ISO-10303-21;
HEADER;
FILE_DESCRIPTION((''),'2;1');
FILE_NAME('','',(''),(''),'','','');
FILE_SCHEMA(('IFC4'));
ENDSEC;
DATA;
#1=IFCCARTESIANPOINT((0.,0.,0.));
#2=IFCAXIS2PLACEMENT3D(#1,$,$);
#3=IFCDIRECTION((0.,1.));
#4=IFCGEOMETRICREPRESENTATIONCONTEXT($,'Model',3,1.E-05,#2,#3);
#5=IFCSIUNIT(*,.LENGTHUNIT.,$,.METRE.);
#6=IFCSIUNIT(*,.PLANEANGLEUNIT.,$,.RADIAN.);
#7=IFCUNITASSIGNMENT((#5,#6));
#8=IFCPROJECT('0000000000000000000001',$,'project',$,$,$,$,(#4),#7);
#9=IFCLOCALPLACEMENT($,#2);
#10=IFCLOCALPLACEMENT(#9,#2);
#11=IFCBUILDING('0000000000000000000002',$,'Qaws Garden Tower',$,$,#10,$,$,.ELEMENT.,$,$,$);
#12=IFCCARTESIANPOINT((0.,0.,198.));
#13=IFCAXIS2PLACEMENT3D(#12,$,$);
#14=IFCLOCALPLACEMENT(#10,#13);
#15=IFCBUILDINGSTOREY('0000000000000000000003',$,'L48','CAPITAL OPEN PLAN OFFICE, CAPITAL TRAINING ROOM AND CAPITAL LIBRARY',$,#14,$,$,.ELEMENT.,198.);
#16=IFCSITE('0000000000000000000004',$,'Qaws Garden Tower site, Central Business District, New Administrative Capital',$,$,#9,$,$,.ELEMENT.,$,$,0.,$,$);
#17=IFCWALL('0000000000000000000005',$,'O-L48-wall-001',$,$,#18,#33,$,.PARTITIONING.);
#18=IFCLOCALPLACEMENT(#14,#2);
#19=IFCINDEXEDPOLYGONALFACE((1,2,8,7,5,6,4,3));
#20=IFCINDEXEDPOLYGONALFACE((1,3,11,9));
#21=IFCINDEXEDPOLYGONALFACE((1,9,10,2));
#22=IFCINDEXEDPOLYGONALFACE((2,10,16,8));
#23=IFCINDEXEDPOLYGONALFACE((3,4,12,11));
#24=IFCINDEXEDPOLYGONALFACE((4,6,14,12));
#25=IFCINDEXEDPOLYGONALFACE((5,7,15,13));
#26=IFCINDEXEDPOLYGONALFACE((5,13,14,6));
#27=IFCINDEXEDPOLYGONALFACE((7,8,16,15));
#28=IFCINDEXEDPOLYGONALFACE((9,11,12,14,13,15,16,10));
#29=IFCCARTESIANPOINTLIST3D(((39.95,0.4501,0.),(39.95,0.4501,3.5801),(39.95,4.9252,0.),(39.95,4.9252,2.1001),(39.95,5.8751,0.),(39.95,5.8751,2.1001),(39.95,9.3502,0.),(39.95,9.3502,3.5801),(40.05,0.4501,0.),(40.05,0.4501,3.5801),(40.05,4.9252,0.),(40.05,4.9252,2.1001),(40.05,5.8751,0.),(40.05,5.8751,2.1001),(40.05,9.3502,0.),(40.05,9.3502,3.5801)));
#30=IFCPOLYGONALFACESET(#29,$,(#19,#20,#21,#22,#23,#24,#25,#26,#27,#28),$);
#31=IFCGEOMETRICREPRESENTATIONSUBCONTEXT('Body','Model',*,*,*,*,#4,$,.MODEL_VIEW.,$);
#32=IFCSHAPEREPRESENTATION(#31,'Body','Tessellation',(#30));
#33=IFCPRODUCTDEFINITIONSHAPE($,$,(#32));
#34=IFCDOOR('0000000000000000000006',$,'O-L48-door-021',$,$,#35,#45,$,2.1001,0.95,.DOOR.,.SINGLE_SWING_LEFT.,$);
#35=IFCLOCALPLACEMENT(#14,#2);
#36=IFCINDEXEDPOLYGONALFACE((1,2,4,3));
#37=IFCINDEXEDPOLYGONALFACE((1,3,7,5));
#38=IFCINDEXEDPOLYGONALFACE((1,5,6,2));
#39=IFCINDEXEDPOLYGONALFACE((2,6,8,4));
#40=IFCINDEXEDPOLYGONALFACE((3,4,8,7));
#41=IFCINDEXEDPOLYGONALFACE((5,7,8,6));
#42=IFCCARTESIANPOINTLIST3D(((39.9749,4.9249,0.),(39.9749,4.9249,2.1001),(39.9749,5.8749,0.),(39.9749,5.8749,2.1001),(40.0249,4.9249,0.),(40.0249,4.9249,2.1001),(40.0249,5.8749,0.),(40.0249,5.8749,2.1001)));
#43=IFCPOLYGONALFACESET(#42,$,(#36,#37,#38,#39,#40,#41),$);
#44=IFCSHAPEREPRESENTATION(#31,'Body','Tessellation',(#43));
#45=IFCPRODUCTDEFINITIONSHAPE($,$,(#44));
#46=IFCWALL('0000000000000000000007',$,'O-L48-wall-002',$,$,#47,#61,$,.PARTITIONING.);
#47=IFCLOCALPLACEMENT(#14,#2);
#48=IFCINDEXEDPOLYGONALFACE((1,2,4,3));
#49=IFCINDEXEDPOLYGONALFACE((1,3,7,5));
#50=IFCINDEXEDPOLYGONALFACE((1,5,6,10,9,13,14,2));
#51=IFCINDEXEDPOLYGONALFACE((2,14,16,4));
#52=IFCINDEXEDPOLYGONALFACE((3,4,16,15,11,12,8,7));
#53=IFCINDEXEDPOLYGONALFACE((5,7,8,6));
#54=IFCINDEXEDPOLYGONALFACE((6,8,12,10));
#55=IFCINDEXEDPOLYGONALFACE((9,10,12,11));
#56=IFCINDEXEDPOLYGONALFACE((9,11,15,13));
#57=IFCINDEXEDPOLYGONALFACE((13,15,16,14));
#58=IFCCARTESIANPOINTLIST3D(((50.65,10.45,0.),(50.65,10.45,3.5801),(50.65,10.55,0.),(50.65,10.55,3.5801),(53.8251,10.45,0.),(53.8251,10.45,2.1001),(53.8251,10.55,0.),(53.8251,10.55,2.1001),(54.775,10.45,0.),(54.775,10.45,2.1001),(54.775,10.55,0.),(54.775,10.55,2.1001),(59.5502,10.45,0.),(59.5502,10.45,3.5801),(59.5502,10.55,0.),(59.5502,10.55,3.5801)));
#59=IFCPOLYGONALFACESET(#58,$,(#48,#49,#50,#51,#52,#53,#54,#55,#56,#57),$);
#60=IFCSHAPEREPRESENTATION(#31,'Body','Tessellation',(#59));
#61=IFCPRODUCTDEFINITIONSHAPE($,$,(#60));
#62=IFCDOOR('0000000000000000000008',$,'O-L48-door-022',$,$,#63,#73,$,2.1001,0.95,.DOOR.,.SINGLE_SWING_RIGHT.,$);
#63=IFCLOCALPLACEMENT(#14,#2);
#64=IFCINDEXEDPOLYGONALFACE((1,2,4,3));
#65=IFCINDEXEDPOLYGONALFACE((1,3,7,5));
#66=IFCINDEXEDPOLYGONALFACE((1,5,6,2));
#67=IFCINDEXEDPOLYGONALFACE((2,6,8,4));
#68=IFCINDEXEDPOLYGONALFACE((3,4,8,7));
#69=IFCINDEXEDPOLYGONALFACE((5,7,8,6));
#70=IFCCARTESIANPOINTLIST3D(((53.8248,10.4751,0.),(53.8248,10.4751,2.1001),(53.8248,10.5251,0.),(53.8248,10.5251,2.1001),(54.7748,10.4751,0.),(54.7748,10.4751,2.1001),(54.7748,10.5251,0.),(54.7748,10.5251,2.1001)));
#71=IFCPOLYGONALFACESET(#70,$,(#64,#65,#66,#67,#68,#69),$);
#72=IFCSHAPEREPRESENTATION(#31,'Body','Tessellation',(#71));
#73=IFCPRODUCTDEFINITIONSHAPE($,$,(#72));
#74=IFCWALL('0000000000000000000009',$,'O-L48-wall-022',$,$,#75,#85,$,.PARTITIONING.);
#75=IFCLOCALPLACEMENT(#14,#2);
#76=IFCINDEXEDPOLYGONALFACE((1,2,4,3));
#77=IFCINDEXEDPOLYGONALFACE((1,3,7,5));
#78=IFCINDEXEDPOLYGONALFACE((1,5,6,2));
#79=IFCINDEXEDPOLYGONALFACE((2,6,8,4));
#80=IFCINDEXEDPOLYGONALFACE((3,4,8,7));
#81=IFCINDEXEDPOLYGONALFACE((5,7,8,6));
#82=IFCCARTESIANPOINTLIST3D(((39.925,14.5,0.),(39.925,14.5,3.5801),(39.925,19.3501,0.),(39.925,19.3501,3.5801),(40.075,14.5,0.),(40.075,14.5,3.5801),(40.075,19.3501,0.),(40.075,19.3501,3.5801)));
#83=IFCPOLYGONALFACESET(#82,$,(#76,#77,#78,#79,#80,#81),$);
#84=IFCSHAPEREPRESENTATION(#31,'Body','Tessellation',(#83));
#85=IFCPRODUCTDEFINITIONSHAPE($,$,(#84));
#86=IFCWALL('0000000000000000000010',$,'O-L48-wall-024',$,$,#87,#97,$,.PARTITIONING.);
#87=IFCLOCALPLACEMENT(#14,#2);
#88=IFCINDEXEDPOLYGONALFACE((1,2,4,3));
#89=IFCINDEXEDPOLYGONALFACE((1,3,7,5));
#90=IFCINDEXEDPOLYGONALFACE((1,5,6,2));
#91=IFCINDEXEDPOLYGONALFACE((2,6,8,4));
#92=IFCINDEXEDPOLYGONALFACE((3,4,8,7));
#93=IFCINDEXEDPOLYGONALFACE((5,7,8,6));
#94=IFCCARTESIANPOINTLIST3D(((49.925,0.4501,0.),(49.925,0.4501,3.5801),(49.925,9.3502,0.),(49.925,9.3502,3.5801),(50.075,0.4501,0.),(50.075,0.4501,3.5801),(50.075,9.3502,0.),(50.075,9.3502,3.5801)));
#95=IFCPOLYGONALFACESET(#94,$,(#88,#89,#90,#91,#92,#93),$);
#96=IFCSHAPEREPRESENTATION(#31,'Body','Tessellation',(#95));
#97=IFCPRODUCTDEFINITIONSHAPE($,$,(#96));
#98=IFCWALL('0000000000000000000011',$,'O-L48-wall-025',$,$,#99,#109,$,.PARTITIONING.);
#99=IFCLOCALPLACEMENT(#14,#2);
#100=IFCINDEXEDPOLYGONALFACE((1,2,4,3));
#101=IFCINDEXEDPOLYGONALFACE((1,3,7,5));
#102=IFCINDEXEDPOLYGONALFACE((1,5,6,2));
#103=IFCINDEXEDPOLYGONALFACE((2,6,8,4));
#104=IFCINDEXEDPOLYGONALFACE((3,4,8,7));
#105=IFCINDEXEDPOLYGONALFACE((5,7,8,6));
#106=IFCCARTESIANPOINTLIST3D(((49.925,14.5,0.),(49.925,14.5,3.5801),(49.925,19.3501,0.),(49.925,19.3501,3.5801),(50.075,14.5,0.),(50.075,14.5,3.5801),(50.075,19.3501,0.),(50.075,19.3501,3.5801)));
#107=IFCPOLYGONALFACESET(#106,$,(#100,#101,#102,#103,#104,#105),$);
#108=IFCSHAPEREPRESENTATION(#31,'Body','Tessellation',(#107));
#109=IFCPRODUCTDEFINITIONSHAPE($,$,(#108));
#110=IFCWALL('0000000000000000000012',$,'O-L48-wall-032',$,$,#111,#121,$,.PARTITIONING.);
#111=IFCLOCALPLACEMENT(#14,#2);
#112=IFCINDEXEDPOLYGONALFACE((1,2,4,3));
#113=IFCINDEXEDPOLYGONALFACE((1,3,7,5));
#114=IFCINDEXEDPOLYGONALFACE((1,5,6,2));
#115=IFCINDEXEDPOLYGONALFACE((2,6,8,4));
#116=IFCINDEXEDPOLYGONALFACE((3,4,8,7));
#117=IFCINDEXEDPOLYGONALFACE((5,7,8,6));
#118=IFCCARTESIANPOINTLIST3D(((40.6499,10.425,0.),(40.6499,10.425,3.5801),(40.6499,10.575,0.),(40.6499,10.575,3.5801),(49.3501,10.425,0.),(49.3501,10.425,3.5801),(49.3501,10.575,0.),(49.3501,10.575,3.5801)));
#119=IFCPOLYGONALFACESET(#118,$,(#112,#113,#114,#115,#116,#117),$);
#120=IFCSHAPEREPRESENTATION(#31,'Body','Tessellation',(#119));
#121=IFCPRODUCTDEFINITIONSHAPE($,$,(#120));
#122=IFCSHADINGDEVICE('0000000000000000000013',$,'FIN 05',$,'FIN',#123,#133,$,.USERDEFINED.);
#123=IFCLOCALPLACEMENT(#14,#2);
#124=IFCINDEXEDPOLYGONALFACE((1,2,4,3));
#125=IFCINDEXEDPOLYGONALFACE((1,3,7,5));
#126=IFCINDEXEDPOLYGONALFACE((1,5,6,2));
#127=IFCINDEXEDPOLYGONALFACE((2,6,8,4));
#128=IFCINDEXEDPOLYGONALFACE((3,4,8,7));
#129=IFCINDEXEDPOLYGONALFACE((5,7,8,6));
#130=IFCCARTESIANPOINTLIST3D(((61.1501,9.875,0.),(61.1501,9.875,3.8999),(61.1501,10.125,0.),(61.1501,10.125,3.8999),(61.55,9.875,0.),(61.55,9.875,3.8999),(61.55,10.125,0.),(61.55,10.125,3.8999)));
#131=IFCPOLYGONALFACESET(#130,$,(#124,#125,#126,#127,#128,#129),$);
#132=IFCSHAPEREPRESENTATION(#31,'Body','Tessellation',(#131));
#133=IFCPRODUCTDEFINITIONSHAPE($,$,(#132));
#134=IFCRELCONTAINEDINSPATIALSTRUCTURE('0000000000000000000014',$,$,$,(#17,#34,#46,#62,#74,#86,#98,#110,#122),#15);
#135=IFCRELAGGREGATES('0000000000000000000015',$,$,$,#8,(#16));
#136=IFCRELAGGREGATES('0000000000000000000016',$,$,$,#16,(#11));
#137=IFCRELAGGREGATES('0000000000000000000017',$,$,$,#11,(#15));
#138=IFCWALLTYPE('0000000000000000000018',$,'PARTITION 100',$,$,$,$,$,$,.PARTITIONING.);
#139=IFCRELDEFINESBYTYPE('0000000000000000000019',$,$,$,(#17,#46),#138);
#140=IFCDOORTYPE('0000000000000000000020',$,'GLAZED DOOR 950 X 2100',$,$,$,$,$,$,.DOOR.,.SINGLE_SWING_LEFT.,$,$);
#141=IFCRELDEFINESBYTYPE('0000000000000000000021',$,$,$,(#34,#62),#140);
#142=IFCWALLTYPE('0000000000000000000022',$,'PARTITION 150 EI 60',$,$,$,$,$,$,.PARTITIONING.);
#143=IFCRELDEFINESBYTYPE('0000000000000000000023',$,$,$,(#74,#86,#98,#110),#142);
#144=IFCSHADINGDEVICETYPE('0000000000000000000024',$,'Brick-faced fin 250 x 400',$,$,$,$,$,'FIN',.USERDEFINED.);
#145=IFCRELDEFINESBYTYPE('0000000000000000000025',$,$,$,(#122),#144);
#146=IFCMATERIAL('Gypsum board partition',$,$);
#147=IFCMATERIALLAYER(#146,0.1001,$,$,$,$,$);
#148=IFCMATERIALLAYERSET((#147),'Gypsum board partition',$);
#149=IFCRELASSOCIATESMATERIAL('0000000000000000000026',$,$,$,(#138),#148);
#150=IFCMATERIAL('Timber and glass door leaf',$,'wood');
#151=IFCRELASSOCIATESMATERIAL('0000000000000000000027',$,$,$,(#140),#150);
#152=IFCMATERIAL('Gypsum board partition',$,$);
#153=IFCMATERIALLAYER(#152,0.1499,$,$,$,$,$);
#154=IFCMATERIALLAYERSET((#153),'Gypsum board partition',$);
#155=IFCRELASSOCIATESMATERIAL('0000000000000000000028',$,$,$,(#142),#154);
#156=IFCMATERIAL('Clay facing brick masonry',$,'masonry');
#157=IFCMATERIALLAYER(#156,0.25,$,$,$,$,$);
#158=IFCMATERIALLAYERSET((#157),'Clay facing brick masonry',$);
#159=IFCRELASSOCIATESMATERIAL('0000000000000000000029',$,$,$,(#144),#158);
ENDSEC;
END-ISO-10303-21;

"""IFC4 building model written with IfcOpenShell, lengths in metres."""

from ifc_helpers import new_model, si_unit, direction, frame, frame_2d, origin, origin_2d, place, context, subcontext, project, spatial, rectangle, extrude, material, layer, layer_set, type_object, element, fill, save


model = new_model("IFC4")

# Units and contexts
model_context = context("Model", 3, precision=1e-05, world=origin(), true_north=direction((0.0, 1.0)))
body_context = subcontext(model_context, "Body", "Model", "MODEL_VIEW")
ifc_project = project(units=[si_unit("LENGTHUNIT", "METRE"), si_unit("PLANEANGLEUNIT", "RADIAN")], contexts=[model_context])

# Site, building, storey
site_placement = place(None, origin())
site = spatial("IfcSite", under=ifc_project, at=site_placement, Name="Qaws Garden Tower site, Central Business District, New Administrative Capital", CompositionType="ELEMENT", RefElevation=0.0)
building_placement = place(site_placement, origin())
building = spatial("IfcBuilding", under=site, at=building_placement, Name="Qaws Garden Tower", CompositionType="ELEMENT")
storey_placement = place(building_placement, frame((0.0, 0.0, 198.0)))
storey = spatial("IfcBuildingStorey", under=building, at=storey_placement, Name="L48", Description="CAPITAL OPEN PLAN OFFICE, CAPITAL TRAINING ROOM AND CAPITAL LIBRARY", CompositionType="ELEMENT", Elevation=198.0)

# Walls, openings, doors
ifc_material_1 = material(Name="Gypsum board partition")
ifc_layer_1 = layer(ifc_material_1, 0.1001)
ifc_layer_set_1 = layer_set([ifc_layer_1], Name="Gypsum board partition")
wall_type_1 = type_object("IfcWallType", Name="PARTITION 100", PredefinedType="PARTITIONING", material=ifc_layer_set_1)
wall_1_placement = place(storey_placement, frame((40.0, 0.45, 0.0), z_axis=(0.0, 0.0, 1.0), x_axis=(0.0, 1.0, 0.0)))
wall_1 = element("IfcWall", 1, at=wall_1_placement, inside=storey, type_object=wall_type_1, Name="O-L48-wall-001", PredefinedType="PARTITIONING", context=body_context, shape_type="SweptSolid", body=[
    extrude(rectangle(XDim=8.9001, YDim=0.1001, at=frame_2d((4.4502, 0.0))), origin(), (0.0, 0.0, 1.0), 3.5801),
])
opening_1_placement = place(wall_1_placement, frame((4.4751, 0.0, 0.0)))
opening_1 = element("IfcOpeningElement", 2, at=opening_1_placement, cuts=wall_1, PredefinedType="OPENING", context=body_context, shape_type="SweptSolid", body=[
    extrude(rectangle(XDim=0.95, YDim=2.1001, at=frame_2d((0.4751, 1.05))), frame((0.0, 0.0601, 0.0), z_axis=(0.0, -1.0, 0.0), x_axis=(1.0, 0.0, 0.0)), (0.0, 0.0, 1.0), 0.1201),
])
ifc_material_2 = material(Name="Timber and glass door leaf", Category="wood")
door_type = type_object("IfcDoorType", Name="GLAZED DOOR 950 X 2100", OperationType="SINGLE_SWING_LEFT", PredefinedType="DOOR", material=ifc_material_2)
door_1_placement = place(opening_1_placement, frame((0.95, 0.0, 0.0), z_axis=(0.0, 0.0, 1.0), x_axis=(-1.0, 0.0, 0.0)))
door_1 = element("IfcDoor", 3, at=door_1_placement, inside=storey, type_object=door_type, Name="O-L48-door-021", OperationType="SINGLE_SWING_LEFT", OverallHeight=2.1001, OverallWidth=0.95, PredefinedType="DOOR", context=body_context, shape_type="SweptSolid", body=[
    extrude(rectangle(XDim=0.95, YDim=2.1001, at=frame_2d((0.4751, 1.05))), frame((0.0, 0.0249, 0.0), z_axis=(0.0, -1.0, 0.0), x_axis=(1.0, 0.0, 0.0)), (0.0, 0.0, 1.0), 0.05),
])
fill(opening_1, door_1)
wall_2_placement = place(storey_placement, frame((50.6499, 10.5, 0.0), z_axis=(0.0, 0.0, 1.0), x_axis=(1.0, 0.0, 0.0)))
wall_2 = element("IfcWall", 4, at=wall_2_placement, inside=storey, type_object=wall_type_1, Name="O-L48-wall-002", PredefinedType="PARTITIONING", context=body_context, shape_type="SweptSolid", body=[
    extrude(rectangle(XDim=8.9001, YDim=0.1001, at=frame_2d((4.4502, 0.0))), origin(), (0.0, 0.0, 1.0), 3.5801),
])
opening_2_placement = place(wall_2_placement, frame((3.175, 0.0, 0.0)))
opening_2 = element("IfcOpeningElement", 5, at=opening_2_placement, cuts=wall_2, PredefinedType="OPENING", context=body_context, shape_type="SweptSolid", body=[
    extrude(rectangle(XDim=0.95, YDim=2.1001, at=frame_2d((0.4751, 1.05))), frame((0.0, 0.0601, 0.0), z_axis=(0.0, -1.0, 0.0), x_axis=(1.0, 0.0, 0.0)), (0.0, 0.0, 1.0), 0.1201),
])
door_2_placement = place(opening_2_placement, frame((0.95, 0.0, 0.0), z_axis=(0.0, 0.0, 1.0), x_axis=(-1.0, 0.0, 0.0)))
door_2 = element("IfcDoor", 6, at=door_2_placement, inside=storey, type_object=door_type, Name="O-L48-door-022", OperationType="SINGLE_SWING_RIGHT", OverallHeight=2.1001, OverallWidth=0.95, PredefinedType="DOOR", context=body_context, shape_type="SweptSolid", body=[
    extrude(rectangle(XDim=0.95, YDim=2.1001, at=frame_2d((0.4751, 1.05))), frame((0.0, 0.0249, 0.0), z_axis=(0.0, -1.0, 0.0), x_axis=(1.0, 0.0, 0.0)), (0.0, 0.0, 1.0), 0.05),
])
fill(opening_2, door_2)

# Walls
ifc_material_3 = material(Name="Gypsum board partition")
ifc_layer_2 = layer(ifc_material_3, 0.1499)
ifc_layer_set_2 = layer_set([ifc_layer_2], Name="Gypsum board partition")
wall_type_2 = type_object("IfcWallType", Name="PARTITION 150 EI 60", PredefinedType="PARTITIONING", material=ifc_layer_set_2)
wall_3_placement = place(storey_placement, frame((40.0, 14.5, 0.0), z_axis=(0.0, 0.0, 1.0), x_axis=(0.0, 1.0, 0.0)))
element("IfcWall", 7, at=wall_3_placement, inside=storey, type_object=wall_type_2, Name="O-L48-wall-022", PredefinedType="PARTITIONING", context=body_context, shape_type="SweptSolid", body=[
    extrude(rectangle(XDim=4.8501, YDim=0.1499, at=frame_2d((2.425, 0.0))), origin(), (0.0, 0.0, 1.0), 3.5801),
])
wall_4_placement = place(storey_placement, frame((50.0, 0.45, 0.0), z_axis=(0.0, 0.0, 1.0), x_axis=(0.0, 1.0, 0.0)))
element("IfcWall", 8, at=wall_4_placement, inside=storey, type_object=wall_type_2, Name="O-L48-wall-024", PredefinedType="PARTITIONING", context=body_context, shape_type="SweptSolid", body=[
    extrude(rectangle(XDim=8.9001, YDim=0.1499, at=frame_2d((4.4502, 0.0))), origin(), (0.0, 0.0, 1.0), 3.5801),
])
wall_5_placement = place(storey_placement, frame((50.0, 14.5, 0.0), z_axis=(0.0, 0.0, 1.0), x_axis=(0.0, 1.0, 0.0)))
element("IfcWall", 9, at=wall_5_placement, inside=storey, type_object=wall_type_2, Name="O-L48-wall-025", PredefinedType="PARTITIONING", context=body_context, shape_type="SweptSolid", body=[
    extrude(rectangle(XDim=4.8501, YDim=0.1499, at=frame_2d((2.425, 0.0))), origin(), (0.0, 0.0, 1.0), 3.5801),
])
wall_6_placement = place(storey_placement, frame((40.6499, 10.5, 0.0), z_axis=(0.0, 0.0, 1.0), x_axis=(1.0, 0.0, 0.0)))
element("IfcWall", 10, at=wall_6_placement, inside=storey, type_object=wall_type_2, Name="O-L48-wall-032", PredefinedType="PARTITIONING", context=body_context, shape_type="SweptSolid", body=[
    extrude(rectangle(XDim=8.7002, YDim=0.1499, at=frame_2d((4.3501, 0.0))), origin(), (0.0, 0.0, 1.0), 3.5801),
])

# Shading device
ifc_material_4 = material(Name="Clay facing brick masonry", Category="masonry")
ifc_layer_3 = layer(ifc_material_4, 0.25)
ifc_layer_set_3 = layer_set([ifc_layer_3], Name="Clay facing brick masonry")
shading_device_type = type_object("IfcShadingDeviceType", Name="Brick-faced fin 250 x 400", ElementType="FIN", PredefinedType="USERDEFINED", material=ifc_layer_set_3)
shading_device_placement = place(storey_placement, frame((61.3501, 10.0, 0.0), z_axis=(0.0, 0.0, 1.0), x_axis=(0.0, 1.0, 0.0)))
element("IfcShadingDevice", 11, at=shading_device_placement, inside=storey, type_object=shading_device_type, Name="FIN 05", ObjectType="FIN", PredefinedType="USERDEFINED", context=body_context, shape_type="SweptSolid", body=[
    extrude(rectangle(XDim=0.25, YDim=0.3999, at=origin_2d()), origin(), (0.0, 0.0, 1.0), 3.8999),
])

save(model, "model.ifc")
